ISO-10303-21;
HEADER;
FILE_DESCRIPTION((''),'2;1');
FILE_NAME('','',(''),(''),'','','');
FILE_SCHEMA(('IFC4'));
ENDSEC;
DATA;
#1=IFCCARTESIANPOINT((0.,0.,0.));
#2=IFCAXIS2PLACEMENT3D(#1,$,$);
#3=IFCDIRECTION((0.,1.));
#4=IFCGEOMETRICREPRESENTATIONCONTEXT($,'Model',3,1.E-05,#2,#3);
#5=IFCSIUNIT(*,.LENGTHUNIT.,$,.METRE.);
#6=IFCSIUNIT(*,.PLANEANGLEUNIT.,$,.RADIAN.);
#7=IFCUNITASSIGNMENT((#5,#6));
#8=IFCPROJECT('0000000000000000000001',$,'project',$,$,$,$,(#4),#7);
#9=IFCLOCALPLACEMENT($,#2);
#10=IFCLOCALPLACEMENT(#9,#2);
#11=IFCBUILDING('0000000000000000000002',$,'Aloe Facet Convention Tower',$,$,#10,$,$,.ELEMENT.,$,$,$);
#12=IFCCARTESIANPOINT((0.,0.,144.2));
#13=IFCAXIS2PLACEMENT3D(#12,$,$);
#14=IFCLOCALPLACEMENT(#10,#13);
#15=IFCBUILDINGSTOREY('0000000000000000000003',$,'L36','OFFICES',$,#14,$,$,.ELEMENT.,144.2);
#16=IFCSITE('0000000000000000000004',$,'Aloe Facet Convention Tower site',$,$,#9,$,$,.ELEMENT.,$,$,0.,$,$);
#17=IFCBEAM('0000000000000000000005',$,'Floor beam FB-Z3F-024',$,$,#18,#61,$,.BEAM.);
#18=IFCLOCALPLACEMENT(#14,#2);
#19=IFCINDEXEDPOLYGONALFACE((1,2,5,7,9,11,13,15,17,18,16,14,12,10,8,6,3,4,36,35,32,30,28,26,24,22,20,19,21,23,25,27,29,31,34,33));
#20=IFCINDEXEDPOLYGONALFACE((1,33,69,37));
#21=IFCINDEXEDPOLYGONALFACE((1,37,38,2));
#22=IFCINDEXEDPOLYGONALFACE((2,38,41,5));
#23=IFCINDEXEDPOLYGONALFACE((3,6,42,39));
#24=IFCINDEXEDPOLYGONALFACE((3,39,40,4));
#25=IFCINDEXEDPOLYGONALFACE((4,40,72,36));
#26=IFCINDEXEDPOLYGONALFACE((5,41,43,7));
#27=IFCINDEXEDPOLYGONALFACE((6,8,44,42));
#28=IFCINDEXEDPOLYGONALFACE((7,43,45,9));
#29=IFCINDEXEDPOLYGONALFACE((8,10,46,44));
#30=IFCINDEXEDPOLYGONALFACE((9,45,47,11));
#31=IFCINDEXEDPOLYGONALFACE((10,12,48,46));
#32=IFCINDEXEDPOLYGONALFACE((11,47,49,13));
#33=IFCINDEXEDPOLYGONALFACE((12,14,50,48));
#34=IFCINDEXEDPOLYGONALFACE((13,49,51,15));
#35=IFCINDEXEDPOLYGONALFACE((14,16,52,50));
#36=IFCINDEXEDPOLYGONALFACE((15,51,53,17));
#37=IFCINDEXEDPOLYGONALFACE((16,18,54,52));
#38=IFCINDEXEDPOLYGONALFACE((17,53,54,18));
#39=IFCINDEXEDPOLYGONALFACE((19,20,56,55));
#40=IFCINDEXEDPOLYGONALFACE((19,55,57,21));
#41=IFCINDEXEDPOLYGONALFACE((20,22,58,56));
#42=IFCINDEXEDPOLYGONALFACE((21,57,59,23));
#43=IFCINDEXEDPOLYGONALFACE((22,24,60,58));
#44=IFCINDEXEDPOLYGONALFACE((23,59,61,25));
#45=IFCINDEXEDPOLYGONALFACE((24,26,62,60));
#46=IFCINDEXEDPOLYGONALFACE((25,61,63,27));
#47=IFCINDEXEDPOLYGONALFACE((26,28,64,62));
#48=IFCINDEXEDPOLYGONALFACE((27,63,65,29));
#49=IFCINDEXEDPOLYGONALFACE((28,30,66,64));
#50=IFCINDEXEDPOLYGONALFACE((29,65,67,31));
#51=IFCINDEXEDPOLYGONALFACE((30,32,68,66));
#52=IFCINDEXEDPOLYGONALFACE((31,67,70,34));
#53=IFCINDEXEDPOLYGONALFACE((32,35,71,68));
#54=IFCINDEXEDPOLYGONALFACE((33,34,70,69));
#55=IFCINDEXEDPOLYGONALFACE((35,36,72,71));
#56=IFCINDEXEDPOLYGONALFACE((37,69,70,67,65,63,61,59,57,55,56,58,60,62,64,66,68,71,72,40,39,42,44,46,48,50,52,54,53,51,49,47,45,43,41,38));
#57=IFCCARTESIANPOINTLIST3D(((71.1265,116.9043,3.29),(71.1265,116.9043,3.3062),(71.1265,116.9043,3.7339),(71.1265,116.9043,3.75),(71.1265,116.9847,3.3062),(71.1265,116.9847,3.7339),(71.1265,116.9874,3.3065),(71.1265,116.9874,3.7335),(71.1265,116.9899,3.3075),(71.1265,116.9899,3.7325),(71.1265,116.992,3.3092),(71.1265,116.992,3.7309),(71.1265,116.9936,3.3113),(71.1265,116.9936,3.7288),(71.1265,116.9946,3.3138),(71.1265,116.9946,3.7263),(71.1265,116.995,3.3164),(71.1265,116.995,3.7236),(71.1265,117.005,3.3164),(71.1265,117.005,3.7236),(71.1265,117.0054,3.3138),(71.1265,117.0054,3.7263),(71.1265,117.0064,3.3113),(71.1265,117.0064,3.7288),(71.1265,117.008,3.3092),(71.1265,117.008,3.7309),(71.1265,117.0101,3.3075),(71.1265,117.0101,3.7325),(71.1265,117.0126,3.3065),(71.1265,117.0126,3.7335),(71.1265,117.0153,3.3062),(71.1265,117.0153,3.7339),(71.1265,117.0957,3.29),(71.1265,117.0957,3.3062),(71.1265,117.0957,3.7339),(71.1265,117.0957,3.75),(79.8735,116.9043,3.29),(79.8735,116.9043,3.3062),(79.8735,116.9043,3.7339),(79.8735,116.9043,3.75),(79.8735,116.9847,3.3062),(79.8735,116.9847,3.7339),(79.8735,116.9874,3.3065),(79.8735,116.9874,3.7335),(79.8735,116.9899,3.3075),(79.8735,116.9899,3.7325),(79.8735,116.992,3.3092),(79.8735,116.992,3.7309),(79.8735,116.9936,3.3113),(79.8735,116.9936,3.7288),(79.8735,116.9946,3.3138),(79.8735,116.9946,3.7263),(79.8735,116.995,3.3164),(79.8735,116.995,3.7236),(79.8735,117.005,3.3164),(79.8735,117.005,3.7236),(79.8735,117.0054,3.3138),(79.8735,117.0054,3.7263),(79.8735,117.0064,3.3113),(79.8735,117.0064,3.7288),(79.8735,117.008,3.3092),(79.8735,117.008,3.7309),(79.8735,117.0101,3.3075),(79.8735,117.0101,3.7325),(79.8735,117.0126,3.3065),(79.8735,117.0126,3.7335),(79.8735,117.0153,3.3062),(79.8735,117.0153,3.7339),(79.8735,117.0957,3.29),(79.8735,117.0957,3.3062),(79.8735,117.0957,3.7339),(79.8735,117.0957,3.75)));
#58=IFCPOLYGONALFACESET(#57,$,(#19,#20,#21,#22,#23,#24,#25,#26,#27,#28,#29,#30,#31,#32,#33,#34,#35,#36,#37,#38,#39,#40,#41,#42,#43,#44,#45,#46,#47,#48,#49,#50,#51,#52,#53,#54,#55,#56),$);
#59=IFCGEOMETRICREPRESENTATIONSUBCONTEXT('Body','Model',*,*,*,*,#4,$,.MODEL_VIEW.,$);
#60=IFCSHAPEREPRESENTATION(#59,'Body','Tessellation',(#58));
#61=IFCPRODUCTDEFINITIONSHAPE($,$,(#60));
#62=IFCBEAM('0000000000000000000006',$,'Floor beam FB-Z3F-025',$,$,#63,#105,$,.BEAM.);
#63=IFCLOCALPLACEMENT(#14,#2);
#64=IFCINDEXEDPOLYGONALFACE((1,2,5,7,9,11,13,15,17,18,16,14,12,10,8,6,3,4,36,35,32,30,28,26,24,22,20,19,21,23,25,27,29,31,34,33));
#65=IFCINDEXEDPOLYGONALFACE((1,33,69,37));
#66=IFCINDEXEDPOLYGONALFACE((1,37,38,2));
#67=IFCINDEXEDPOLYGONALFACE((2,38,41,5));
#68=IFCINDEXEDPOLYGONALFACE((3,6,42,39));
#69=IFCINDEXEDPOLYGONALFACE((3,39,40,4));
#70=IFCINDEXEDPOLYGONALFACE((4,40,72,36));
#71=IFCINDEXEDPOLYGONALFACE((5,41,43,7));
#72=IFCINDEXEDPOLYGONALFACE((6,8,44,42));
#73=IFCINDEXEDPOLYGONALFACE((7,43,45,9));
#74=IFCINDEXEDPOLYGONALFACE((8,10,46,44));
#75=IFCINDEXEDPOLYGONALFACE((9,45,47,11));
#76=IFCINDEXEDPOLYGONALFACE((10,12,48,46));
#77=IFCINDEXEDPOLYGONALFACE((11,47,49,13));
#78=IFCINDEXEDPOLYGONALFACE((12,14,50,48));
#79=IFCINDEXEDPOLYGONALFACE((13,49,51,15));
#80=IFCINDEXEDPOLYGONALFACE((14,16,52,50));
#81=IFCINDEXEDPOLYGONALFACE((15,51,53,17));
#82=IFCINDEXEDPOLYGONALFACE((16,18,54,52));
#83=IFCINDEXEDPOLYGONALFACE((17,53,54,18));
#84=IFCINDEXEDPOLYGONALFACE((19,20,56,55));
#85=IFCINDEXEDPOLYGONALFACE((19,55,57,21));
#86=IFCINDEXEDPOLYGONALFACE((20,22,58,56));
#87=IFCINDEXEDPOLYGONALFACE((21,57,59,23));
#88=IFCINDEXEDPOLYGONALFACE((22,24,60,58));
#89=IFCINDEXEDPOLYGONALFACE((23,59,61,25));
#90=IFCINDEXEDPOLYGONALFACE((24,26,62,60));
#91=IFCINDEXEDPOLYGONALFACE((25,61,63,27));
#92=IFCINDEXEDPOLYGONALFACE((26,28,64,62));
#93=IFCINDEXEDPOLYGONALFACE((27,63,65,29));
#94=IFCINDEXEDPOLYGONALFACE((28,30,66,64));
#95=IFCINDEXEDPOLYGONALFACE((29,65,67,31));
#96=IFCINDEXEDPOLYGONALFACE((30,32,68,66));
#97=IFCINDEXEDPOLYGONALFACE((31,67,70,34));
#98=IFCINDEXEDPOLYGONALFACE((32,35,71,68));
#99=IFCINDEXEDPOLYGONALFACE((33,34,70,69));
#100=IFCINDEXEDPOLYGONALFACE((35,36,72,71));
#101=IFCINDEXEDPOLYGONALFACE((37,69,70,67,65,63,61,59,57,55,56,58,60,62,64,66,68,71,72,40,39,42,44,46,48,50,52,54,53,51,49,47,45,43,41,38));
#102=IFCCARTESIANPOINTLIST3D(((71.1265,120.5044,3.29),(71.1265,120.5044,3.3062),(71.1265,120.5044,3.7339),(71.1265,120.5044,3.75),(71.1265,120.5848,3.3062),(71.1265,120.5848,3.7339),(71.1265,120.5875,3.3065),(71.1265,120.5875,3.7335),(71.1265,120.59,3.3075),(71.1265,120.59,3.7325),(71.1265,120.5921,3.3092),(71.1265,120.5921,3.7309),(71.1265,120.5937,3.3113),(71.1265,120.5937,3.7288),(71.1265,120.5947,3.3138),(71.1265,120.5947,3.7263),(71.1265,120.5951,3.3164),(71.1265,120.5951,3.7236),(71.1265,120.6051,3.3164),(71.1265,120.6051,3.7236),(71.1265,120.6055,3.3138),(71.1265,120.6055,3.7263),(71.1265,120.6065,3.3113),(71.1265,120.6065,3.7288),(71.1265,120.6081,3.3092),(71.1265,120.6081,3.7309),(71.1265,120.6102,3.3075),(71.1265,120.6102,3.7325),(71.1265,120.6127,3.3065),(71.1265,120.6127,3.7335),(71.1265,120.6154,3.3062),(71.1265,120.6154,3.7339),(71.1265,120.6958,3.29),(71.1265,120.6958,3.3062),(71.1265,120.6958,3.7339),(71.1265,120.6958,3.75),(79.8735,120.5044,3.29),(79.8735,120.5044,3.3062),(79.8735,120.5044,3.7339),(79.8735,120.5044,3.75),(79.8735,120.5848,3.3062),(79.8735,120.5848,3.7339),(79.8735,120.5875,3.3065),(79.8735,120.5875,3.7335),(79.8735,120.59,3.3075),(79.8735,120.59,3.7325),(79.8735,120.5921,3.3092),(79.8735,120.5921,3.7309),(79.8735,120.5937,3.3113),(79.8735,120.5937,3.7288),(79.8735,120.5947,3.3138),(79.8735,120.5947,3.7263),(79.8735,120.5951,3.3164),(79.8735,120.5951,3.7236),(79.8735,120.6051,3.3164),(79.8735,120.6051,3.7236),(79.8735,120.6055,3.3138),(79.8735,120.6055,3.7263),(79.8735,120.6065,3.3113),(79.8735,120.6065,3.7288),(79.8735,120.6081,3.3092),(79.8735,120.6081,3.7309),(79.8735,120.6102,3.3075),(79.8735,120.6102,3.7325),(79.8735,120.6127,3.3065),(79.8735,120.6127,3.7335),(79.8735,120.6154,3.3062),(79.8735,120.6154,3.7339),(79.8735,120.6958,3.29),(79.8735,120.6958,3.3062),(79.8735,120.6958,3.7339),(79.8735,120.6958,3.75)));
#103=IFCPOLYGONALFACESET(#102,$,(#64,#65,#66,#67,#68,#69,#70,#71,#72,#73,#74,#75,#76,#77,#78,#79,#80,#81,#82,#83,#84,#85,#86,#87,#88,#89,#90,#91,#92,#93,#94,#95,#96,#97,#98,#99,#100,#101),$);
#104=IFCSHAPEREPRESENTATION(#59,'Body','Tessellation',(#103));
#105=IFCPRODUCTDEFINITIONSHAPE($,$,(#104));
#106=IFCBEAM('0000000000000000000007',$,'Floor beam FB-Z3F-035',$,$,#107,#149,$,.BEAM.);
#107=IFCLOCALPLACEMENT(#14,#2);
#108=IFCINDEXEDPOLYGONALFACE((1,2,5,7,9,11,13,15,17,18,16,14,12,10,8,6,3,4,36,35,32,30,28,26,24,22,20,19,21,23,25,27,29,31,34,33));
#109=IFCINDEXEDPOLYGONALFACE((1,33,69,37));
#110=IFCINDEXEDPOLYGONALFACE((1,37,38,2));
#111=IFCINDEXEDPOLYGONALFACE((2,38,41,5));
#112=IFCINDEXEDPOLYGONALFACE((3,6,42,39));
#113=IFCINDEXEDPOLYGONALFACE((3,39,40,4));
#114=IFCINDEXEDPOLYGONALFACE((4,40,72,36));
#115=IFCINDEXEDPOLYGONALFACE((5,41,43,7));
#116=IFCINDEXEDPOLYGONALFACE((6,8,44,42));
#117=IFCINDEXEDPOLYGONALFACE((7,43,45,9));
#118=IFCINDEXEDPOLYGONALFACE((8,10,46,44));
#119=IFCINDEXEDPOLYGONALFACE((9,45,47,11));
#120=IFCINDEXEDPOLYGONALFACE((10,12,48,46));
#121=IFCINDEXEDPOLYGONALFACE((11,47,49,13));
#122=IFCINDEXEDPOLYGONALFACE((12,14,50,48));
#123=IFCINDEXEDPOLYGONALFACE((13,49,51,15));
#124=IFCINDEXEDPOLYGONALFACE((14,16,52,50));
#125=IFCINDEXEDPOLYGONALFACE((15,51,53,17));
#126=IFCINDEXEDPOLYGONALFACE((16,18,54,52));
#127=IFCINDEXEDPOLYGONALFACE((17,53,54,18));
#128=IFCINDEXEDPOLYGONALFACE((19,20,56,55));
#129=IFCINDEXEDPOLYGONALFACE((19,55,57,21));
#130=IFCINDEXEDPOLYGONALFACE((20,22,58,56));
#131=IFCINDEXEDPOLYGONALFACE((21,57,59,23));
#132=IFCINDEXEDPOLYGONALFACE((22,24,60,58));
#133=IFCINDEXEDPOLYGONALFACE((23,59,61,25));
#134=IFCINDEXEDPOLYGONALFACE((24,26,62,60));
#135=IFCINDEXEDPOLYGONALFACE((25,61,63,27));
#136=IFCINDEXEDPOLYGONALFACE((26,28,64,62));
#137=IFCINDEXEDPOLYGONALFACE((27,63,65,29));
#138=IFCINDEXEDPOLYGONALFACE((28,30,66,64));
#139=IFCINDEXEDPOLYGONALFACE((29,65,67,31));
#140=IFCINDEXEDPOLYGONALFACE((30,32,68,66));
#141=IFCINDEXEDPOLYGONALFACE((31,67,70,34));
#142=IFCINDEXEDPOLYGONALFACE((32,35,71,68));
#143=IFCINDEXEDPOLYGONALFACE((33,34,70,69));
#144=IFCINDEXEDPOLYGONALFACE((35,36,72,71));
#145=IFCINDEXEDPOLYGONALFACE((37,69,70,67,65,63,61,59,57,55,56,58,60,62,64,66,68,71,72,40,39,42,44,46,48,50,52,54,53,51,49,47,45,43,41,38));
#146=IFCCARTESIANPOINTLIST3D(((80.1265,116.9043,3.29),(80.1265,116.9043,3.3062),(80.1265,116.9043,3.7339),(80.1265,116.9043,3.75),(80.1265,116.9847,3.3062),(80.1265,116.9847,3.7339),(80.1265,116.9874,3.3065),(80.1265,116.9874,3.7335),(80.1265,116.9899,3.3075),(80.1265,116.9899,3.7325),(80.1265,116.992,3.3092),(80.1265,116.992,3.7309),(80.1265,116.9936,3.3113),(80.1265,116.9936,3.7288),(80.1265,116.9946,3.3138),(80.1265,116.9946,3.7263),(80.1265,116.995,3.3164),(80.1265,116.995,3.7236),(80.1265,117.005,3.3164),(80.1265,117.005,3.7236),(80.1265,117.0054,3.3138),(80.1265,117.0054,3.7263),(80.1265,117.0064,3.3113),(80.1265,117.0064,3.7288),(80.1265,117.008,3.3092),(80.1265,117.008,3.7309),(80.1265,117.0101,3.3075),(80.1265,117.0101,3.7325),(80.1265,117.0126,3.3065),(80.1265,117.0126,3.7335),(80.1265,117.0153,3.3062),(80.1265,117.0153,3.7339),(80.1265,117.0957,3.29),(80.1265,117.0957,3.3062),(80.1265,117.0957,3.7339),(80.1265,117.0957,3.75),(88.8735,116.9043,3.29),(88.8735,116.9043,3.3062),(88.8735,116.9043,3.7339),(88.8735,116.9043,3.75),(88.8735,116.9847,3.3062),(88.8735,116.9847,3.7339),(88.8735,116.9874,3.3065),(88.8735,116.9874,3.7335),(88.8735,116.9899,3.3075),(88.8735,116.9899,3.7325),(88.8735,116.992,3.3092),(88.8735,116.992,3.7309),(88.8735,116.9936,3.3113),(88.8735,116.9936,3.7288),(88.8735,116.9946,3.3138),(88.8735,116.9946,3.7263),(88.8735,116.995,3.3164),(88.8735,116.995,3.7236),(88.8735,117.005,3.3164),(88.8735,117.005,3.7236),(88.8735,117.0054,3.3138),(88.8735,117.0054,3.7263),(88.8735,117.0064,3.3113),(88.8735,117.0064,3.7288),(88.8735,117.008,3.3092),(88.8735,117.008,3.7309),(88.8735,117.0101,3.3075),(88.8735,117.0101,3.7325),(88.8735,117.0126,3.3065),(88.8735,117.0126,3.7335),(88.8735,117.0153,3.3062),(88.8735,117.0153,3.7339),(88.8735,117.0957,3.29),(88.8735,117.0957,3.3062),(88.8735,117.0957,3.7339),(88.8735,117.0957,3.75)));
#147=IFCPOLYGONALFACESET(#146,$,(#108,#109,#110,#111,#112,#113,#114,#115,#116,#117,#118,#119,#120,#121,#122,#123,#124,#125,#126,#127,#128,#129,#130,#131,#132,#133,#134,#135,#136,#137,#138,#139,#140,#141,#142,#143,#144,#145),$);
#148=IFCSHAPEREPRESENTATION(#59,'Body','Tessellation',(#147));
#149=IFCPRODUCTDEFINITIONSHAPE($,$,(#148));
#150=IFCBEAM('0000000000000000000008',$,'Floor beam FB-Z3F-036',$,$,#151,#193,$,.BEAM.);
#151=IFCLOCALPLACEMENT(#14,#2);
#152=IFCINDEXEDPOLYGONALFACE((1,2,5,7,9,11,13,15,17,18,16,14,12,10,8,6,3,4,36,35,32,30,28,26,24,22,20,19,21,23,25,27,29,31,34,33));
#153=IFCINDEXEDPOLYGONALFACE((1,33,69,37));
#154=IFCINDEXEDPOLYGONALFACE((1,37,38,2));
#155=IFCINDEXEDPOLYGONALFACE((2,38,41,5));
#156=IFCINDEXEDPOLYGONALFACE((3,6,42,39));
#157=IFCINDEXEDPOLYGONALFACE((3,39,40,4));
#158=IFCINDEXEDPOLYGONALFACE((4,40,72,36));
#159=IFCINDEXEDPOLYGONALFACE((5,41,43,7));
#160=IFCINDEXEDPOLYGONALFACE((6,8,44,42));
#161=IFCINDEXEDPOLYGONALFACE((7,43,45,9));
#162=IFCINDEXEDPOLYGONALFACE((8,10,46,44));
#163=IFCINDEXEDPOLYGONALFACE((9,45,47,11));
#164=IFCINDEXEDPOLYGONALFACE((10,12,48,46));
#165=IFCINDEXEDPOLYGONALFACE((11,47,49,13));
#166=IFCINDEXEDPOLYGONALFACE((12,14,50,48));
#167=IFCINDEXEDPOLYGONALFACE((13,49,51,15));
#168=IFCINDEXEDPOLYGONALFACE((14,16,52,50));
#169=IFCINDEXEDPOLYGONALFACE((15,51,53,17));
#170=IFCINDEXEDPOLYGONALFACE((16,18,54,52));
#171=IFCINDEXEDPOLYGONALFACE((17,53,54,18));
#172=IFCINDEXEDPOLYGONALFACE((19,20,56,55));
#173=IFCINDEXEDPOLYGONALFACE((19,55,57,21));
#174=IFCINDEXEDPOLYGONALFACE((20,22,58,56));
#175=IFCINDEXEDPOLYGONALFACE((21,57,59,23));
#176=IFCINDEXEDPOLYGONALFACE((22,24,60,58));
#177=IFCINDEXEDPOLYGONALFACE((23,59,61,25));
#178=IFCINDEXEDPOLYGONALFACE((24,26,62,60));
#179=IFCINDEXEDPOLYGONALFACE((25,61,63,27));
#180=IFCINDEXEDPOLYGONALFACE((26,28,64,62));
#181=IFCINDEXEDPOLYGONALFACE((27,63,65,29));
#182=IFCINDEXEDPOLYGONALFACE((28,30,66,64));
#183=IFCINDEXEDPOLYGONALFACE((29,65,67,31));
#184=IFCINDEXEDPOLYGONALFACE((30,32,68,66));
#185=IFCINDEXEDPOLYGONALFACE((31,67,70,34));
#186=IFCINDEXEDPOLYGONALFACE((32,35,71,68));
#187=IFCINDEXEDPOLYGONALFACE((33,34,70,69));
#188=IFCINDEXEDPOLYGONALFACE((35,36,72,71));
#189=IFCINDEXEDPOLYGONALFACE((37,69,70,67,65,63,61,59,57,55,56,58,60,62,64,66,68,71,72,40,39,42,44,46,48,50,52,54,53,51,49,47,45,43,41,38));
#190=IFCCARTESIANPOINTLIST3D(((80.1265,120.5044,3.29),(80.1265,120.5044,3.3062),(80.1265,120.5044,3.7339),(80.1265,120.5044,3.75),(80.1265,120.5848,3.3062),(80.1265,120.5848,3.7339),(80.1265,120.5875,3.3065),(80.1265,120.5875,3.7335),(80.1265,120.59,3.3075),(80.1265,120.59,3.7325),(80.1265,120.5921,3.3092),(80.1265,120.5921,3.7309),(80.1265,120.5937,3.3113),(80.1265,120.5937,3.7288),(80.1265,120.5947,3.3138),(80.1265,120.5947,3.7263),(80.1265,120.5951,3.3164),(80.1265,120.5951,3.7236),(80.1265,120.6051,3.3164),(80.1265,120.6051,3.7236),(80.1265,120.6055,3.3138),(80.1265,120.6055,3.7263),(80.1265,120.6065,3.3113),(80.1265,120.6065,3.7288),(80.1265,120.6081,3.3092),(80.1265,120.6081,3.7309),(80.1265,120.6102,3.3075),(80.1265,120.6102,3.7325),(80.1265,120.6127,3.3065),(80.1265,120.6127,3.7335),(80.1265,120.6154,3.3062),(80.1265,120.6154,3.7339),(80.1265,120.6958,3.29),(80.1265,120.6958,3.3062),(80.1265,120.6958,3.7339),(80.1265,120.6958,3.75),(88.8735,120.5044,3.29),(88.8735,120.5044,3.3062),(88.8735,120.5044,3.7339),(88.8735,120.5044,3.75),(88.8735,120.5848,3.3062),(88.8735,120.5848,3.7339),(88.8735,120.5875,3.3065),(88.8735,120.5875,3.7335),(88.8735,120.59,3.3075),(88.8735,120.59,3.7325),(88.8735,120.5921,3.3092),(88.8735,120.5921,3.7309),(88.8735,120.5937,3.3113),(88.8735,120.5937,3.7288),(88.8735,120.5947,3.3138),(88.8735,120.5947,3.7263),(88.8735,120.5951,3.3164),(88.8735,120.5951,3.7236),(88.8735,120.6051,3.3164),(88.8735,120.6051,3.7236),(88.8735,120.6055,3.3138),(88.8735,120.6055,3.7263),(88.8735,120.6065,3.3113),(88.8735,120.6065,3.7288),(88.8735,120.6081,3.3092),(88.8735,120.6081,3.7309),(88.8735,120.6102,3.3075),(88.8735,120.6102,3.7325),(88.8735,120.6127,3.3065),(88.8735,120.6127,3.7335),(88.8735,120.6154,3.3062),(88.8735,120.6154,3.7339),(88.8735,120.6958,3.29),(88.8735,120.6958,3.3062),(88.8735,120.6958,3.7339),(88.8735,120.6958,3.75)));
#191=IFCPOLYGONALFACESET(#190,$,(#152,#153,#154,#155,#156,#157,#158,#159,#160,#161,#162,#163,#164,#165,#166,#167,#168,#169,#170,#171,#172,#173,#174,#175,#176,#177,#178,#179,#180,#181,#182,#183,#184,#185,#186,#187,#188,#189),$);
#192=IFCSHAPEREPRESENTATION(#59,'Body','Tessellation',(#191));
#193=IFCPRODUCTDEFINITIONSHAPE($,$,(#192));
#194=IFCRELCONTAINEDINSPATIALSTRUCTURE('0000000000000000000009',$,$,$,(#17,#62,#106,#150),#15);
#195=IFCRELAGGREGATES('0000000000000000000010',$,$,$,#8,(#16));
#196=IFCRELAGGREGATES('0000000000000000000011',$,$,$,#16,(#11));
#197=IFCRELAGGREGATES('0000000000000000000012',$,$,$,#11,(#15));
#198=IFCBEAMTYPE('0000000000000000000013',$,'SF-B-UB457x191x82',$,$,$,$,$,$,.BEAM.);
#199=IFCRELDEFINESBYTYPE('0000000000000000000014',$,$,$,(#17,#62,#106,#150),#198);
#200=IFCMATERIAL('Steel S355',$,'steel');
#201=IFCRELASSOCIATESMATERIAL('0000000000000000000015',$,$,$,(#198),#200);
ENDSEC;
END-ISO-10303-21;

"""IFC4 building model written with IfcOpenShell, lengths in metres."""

from ifc_helpers import new_model, si_unit, direction, frame, origin, origin_2d, place, context, subcontext, project, spatial, i_section, extrude, material, material_profile, profile_set, type_object, element, save


model = new_model("IFC4")

# Units and contexts
model_context = context("Model", 3, precision=1e-05, world=origin(), true_north=direction((0.0, 1.0)))
body_context = subcontext(model_context, "Body", "Model", "MODEL_VIEW")
ifc_project = project(units=[si_unit("LENGTHUNIT", "METRE"), si_unit("PLANEANGLEUNIT", "RADIAN")], contexts=[model_context])

# Site, building, storey
site_placement = place(None, origin())
site = spatial("IfcSite", under=ifc_project, at=site_placement, Name="Aloe Facet Convention Tower site", CompositionType="ELEMENT", RefElevation=0.0)
building_placement = place(site_placement, origin())
building = spatial("IfcBuilding", under=site, at=building_placement, Name="Aloe Facet Convention Tower", CompositionType="ELEMENT")
storey_placement = place(building_placement, frame((0.0, 0.0, 144.2)))
storey = spatial("IfcBuildingStorey", under=building, at=storey_placement, Name="L36", Description="OFFICES", CompositionType="ELEMENT", Elevation=144.2)

# Beams
ifc_material_1 = material(Name="Steel S355", Category="steel")
ifc_material_profile_1 = material_profile(ifc_material_1, i_section(OverallWidth=0.1914, OverallDepth=0.46, WebThickness=0.01, FlangeThickness=0.0161, FilletRadius=0.0103, at=origin_2d()), Name="UB 457x191x82")
ifc_profile_set_1 = profile_set([ifc_material_profile_1], Name="Steel S355")
beam_type_1 = type_object("IfcBeamType", Name="SF-B-UB457x191x82", PredefinedType="BEAM", material=ifc_profile_set_1)
for number, where, z_axis, x_axis, name in (
    (1, (71.1265, 117.0, 3.52), (1.0, 0.0, 0.0), (0.0, 1.0, 0.0), "Floor beam FB-Z3F-024"),
    (2, (71.1265, 120.6001, 3.52), (1.0, 0.0, 0.0), (0.0, 1.0, 0.0), "Floor beam FB-Z3F-025"),
    (3, (80.1265, 117.0, 3.52), (1.0, 0.0, 0.0), (0.0, 1.0, 0.0), "Floor beam FB-Z3F-035"),
    (4, (80.1265, 120.6001, 3.52), (1.0, 0.0, 0.0), (0.0, 1.0, 0.0), "Floor beam FB-Z3F-036"),
):
    element("IfcBeam", number, at=place(storey_placement, frame(where, z_axis=z_axis, x_axis=x_axis)), inside=storey, type_object=beam_type_1, Name=name, PredefinedType="BEAM", context=body_context, shape_type="SweptSolid", body=[
        extrude(i_section(OverallWidth=0.1914, OverallDepth=0.46, WebThickness=0.01, FlangeThickness=0.0161, FilletRadius=0.0103, at=origin_2d()), origin(), (0.0, 0.0, 1.0), 8.7471),
    ])

save(model, "model.ifc")
